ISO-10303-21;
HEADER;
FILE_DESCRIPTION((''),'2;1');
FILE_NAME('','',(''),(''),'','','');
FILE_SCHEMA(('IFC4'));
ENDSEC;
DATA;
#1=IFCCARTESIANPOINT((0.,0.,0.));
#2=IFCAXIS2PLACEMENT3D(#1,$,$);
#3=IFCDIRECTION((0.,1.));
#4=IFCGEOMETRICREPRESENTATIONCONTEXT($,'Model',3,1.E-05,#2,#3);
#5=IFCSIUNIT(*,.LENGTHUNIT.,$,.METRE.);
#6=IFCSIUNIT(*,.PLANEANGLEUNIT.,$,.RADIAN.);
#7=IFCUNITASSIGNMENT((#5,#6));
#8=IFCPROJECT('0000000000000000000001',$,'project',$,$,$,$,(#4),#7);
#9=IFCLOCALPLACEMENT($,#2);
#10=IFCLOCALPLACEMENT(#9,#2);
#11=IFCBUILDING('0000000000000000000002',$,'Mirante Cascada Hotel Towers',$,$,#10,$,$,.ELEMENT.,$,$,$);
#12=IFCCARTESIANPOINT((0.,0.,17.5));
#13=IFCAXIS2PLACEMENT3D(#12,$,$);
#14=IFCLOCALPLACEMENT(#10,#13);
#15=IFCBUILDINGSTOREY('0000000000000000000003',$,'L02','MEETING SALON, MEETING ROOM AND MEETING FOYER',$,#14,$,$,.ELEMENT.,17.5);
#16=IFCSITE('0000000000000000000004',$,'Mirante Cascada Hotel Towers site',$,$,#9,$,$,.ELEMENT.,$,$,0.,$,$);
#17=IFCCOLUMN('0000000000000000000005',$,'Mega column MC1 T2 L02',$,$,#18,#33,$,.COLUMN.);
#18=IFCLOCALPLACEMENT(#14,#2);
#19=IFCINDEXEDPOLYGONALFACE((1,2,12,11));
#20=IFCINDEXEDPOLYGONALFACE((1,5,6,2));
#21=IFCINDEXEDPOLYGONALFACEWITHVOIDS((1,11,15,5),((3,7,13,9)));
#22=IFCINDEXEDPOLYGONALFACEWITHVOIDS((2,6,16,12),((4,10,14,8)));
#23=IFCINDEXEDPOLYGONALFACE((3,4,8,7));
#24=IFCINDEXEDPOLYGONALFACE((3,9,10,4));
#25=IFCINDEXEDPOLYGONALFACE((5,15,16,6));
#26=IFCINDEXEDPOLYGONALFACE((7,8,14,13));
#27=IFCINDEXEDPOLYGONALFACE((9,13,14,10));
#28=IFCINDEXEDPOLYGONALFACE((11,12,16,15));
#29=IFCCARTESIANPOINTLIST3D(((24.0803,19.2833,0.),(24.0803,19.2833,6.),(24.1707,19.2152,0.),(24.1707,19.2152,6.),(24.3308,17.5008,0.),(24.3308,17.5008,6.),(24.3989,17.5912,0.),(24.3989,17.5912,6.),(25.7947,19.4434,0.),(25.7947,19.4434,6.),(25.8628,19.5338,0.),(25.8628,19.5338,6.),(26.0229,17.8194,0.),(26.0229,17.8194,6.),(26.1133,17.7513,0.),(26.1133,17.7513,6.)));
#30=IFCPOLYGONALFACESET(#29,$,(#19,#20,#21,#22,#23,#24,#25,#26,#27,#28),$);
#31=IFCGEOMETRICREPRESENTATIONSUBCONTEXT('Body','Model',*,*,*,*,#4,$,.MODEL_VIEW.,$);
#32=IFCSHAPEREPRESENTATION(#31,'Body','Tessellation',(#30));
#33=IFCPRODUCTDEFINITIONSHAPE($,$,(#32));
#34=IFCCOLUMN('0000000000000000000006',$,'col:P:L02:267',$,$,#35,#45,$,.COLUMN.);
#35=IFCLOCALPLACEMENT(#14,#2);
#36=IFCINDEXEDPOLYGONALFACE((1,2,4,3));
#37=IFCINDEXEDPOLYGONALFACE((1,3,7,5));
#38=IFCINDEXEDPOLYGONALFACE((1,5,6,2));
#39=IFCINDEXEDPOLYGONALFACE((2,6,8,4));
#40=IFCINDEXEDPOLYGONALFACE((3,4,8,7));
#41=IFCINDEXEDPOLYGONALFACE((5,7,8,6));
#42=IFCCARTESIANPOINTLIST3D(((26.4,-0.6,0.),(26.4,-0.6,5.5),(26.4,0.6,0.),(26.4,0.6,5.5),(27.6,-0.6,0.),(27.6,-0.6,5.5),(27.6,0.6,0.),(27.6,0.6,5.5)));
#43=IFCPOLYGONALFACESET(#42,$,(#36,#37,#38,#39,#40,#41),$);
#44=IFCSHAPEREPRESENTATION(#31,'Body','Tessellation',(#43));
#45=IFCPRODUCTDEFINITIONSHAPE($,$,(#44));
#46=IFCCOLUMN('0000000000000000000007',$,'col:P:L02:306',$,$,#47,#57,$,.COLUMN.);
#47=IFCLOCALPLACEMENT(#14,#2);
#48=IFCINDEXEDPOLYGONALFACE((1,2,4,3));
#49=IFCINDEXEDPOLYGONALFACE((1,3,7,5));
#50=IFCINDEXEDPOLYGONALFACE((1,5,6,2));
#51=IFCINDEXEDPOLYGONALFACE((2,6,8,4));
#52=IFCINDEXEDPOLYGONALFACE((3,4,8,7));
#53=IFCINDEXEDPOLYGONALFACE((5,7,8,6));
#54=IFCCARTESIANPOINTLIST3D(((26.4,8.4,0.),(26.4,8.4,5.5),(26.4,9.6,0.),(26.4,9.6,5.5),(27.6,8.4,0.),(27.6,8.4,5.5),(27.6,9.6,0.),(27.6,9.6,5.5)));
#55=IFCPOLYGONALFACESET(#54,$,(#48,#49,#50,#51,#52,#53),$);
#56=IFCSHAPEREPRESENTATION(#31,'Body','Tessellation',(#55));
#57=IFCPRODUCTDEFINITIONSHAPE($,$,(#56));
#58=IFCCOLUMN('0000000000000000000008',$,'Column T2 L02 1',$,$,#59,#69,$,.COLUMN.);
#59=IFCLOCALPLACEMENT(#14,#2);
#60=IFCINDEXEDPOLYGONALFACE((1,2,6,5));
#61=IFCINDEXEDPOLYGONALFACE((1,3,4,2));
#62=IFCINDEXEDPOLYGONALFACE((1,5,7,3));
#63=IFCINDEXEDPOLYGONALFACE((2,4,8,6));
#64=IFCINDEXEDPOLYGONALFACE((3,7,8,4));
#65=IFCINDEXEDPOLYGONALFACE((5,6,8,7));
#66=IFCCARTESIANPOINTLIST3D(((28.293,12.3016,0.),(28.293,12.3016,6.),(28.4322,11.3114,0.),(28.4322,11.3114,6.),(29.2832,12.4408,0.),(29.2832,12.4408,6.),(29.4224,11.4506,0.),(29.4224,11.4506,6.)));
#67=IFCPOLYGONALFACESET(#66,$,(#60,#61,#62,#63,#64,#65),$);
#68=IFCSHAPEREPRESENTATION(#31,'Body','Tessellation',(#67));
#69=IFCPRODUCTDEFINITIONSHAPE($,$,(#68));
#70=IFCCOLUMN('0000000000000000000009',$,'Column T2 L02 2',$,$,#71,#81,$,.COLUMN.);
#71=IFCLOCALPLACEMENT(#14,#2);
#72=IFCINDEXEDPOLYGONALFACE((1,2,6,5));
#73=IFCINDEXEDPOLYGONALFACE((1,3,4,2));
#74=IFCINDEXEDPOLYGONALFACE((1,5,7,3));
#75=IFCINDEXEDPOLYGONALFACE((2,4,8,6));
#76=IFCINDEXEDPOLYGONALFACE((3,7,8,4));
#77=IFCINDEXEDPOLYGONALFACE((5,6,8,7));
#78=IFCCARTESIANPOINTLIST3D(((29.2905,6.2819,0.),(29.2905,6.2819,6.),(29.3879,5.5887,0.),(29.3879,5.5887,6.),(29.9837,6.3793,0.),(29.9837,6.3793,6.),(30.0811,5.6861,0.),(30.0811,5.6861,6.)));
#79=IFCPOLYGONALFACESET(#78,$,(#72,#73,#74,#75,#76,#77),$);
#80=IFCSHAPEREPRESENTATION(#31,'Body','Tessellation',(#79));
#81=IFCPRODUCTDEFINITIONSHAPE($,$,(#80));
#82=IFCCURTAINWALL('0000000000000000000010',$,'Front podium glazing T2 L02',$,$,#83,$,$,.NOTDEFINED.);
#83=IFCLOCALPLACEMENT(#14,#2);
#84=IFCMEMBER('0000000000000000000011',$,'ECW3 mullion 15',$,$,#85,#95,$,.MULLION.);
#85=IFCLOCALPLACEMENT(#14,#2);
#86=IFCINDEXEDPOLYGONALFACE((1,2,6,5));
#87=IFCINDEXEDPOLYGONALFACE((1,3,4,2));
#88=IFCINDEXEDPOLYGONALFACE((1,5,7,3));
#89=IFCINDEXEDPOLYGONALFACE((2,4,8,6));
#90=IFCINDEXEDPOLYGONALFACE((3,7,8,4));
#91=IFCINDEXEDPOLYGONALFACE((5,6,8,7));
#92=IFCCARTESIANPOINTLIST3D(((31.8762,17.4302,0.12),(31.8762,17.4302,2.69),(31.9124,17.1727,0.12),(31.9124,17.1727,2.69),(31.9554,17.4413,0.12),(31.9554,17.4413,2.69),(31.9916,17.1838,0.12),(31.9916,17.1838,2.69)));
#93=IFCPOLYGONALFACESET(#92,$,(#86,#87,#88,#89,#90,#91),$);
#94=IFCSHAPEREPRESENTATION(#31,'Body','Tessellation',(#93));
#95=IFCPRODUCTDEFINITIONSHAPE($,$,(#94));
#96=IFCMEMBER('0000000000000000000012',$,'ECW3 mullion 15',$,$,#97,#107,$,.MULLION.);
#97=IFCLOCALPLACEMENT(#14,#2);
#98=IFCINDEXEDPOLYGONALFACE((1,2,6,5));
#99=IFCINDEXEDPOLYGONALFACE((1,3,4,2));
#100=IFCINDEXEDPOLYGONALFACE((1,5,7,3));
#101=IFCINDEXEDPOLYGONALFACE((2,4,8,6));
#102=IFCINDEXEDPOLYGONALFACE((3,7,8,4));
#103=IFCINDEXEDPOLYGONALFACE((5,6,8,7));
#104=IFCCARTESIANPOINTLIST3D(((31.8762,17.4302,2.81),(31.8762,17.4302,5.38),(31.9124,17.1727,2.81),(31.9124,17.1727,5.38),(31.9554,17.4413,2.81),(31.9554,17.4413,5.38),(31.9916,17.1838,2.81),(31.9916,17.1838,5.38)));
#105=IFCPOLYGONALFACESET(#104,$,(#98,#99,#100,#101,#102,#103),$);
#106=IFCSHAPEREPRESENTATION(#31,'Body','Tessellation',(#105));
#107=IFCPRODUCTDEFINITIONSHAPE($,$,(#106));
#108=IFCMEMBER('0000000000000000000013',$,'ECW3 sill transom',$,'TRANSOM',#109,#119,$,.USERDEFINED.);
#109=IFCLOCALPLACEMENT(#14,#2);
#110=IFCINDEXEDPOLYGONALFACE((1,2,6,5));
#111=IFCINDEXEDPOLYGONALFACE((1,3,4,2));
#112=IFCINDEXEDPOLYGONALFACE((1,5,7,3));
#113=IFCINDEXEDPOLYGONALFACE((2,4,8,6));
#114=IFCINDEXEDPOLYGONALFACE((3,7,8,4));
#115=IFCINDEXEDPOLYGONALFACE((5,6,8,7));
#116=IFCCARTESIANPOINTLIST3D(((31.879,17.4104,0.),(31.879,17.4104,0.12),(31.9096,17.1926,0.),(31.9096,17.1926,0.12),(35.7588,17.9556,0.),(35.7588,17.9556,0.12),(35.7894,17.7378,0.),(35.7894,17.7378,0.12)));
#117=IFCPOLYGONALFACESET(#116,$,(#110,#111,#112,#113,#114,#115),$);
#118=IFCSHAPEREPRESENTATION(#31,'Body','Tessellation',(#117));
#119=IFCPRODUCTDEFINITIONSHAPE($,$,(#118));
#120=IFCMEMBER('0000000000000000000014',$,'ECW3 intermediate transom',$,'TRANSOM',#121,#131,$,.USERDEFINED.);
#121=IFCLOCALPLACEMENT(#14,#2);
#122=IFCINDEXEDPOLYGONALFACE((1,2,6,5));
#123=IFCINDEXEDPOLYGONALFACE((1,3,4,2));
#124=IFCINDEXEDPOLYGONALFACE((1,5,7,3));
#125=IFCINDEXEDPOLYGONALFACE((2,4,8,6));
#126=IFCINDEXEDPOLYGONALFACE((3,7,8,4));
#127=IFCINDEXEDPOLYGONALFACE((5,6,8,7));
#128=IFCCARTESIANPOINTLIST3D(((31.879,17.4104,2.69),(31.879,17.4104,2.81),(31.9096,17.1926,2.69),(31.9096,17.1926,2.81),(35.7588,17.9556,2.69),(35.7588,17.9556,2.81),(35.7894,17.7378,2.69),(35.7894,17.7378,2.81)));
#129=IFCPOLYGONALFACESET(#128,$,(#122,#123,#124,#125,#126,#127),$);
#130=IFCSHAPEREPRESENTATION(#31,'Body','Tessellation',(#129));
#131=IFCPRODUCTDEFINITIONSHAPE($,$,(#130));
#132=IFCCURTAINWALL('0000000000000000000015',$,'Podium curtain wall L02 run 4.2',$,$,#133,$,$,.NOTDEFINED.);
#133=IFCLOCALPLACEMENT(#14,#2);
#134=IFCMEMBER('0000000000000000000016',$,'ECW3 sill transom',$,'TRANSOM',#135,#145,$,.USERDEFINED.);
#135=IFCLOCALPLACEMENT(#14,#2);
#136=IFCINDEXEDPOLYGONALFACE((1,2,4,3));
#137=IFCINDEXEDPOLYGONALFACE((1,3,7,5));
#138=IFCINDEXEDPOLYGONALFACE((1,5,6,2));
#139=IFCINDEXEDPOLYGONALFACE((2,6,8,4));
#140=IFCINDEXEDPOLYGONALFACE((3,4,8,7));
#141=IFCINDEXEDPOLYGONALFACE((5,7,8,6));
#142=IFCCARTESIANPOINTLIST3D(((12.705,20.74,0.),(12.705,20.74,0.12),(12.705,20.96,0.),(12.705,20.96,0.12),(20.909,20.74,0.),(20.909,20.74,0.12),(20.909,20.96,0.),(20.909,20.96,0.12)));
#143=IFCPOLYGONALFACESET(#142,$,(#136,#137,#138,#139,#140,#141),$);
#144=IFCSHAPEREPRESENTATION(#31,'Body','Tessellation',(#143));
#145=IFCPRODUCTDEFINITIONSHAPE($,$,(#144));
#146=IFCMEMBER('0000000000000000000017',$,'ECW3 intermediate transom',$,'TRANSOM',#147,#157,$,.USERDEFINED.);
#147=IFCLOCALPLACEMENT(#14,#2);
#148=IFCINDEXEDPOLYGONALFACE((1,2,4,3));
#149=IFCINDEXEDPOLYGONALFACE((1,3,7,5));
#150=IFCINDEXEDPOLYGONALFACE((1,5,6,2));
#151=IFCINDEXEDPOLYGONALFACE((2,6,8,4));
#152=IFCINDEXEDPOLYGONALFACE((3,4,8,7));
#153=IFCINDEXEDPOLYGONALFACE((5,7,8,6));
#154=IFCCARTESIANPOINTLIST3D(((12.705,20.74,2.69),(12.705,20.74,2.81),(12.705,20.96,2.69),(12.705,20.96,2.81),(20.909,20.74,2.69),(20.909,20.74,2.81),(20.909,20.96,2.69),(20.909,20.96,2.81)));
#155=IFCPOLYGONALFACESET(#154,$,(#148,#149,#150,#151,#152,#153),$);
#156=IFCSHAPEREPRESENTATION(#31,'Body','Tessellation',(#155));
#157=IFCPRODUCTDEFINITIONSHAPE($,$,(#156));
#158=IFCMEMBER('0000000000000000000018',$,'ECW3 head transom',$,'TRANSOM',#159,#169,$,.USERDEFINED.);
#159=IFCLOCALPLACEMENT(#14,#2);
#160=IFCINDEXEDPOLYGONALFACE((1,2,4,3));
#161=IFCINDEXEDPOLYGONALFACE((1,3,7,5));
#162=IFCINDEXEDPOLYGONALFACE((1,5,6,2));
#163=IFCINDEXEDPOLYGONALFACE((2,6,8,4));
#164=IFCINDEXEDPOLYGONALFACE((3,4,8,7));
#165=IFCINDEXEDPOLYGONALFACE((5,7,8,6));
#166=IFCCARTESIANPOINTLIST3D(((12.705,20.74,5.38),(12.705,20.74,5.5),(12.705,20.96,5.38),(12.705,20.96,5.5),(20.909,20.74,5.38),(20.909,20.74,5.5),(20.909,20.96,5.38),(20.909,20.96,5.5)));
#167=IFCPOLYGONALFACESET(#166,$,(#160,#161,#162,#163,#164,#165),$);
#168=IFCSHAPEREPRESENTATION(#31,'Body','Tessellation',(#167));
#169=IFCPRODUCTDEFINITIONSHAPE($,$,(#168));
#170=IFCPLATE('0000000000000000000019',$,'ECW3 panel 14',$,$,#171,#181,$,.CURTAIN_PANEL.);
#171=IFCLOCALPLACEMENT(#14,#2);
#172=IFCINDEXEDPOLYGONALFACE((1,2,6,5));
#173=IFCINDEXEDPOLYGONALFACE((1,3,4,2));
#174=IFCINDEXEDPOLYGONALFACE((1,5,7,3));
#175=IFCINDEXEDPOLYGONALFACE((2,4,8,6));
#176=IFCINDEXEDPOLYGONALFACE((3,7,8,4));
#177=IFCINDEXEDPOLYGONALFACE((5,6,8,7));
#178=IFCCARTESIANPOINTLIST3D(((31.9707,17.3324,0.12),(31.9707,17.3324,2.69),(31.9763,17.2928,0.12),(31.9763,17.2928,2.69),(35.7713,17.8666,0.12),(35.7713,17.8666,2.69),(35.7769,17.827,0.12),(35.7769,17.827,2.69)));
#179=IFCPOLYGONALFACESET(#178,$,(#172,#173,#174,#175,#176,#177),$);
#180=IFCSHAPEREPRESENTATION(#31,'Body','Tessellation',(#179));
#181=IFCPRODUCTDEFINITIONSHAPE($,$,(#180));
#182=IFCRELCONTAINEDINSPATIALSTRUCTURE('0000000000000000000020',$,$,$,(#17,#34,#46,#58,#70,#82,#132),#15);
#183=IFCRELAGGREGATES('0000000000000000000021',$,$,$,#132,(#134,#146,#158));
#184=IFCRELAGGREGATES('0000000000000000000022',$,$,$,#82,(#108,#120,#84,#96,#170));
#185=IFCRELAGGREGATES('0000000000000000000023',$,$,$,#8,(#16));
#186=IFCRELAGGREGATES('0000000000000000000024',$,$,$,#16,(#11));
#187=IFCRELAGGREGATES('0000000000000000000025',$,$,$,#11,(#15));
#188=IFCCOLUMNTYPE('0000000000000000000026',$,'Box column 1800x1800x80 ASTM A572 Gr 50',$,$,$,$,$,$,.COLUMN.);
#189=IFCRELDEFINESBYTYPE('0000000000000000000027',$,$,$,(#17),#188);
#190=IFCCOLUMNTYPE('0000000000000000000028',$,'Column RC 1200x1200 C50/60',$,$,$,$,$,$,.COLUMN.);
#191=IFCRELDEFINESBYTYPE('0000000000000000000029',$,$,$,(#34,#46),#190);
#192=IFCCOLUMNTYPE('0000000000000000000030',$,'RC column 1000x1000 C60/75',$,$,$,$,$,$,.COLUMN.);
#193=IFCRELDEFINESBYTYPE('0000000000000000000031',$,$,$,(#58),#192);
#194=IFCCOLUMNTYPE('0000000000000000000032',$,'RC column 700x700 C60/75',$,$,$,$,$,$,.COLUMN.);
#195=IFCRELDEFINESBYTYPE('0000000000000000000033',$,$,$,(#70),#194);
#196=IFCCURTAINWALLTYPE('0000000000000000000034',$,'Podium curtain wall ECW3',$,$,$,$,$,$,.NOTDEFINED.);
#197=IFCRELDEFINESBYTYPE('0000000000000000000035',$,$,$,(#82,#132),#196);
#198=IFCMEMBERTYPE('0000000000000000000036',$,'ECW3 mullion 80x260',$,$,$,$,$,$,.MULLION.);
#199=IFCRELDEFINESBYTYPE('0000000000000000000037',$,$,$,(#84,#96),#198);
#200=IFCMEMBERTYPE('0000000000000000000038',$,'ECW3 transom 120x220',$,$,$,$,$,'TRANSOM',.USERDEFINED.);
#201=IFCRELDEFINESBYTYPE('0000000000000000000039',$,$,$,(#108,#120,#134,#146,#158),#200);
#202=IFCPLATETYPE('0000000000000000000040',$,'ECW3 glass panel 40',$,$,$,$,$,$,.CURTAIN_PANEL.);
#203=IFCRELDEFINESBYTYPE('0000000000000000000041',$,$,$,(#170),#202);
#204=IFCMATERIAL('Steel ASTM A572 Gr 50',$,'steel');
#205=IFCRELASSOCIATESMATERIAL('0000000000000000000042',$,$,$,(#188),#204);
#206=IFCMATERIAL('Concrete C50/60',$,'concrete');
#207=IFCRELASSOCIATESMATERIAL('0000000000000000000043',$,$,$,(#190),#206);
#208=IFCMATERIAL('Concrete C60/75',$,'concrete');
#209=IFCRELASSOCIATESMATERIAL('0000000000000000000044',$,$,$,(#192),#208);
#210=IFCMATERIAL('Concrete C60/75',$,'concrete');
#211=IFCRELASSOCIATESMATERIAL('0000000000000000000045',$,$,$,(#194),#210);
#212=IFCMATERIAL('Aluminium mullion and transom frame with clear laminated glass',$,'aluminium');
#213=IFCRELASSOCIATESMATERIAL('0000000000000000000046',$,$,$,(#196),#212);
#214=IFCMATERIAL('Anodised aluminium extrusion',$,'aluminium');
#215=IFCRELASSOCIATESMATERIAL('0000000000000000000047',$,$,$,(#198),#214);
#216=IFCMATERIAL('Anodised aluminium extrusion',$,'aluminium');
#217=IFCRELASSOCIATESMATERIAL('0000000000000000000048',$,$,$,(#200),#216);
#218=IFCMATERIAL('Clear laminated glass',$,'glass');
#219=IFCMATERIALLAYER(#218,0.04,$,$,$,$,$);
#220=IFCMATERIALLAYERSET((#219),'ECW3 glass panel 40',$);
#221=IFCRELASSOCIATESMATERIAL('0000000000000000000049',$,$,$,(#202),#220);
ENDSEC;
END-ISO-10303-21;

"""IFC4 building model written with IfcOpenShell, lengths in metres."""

from ifc_helpers import new_model, si_unit, direction, frame, origin, origin_2d, place, context, subcontext, project, spatial, rectangle, hollow_rectangle, extrude, material, layer, layer_set, material_profile, profile_set, type_object, element, aggregate, save


model = new_model("IFC4")

# Units and contexts
model_context = context("Model", 3, precision=1e-05, world=origin(), true_north=direction((0.0, 1.0)))
body_context = subcontext(model_context, "Body", "Model", "MODEL_VIEW")
ifc_project = project(units=[si_unit("LENGTHUNIT", "METRE"), si_unit("PLANEANGLEUNIT", "RADIAN")], contexts=[model_context])

# Site, building, storey
site_placement = place(None, origin())
site = spatial("IfcSite", under=ifc_project, at=site_placement, Name="Mirante Cascada Hotel Towers site", CompositionType="ELEMENT", RefElevation=0.0)
building_placement = place(site_placement, origin())
building = spatial("IfcBuilding", under=site, at=building_placement, Name="Mirante Cascada Hotel Towers", CompositionType="ELEMENT")
storey_placement = place(building_placement, frame((0.0, 0.0, 17.5)))
storey = spatial("IfcBuildingStorey", under=building, at=storey_placement, Name="L02", Description="MEETING SALON, MEETING ROOM AND MEETING FOYER", CompositionType="ELEMENT", Elevation=17.5)

# Columns
ifc_material_1 = material(Name="Steel ASTM A572 Gr 50", Category="steel")
ifc_material_profile_1 = material_profile(ifc_material_1, hollow_rectangle(XDim=1.8, YDim=1.8, WallThickness=0.08, at=origin_2d()), Name="Box column 1800x1800x80 ASTM A572 Gr 50")
ifc_profile_set_1 = profile_set([ifc_material_profile_1], Name="Steel ASTM A572 Gr 50")
column_type_1 = type_object("IfcColumnType", Name="Box column 1800x1800x80 ASTM A572 Gr 50", PredefinedType="COLUMN", material=ifc_profile_set_1)
column_1_placement = place(storey_placement, frame((25.0968, 18.5173, 0.0), z_axis=(0.0, 0.0, 1.0), x_axis=(0.990268, 0.139173, 0.0)))
element("IfcColumn", 1, at=column_1_placement, inside=storey, type_object=column_type_1, Name="Mega column MC1 T2 L02", PredefinedType="COLUMN", context=body_context, shape_type="SweptSolid", body=[
    extrude(hollow_rectangle(XDim=1.8, YDim=1.8, WallThickness=0.08, at=origin_2d()), origin(), (0.0, 0.0, 1.0), 6.0),
])
ifc_material_2 = material(Name="Concrete C50/60", Category="concrete")
ifc_material_profile_2 = material_profile(ifc_material_2, rectangle(XDim=1.2, YDim=1.2, at=origin_2d()), Name="RC 1200x1200")
ifc_profile_set_2 = profile_set([ifc_material_profile_2], Name="Concrete C50/60")
column_type_2 = type_object("IfcColumnType", Name="Column RC 1200x1200 C50/60", PredefinedType="COLUMN", material=ifc_profile_set_2)
for number, where, z_axis, x_axis, name in (
    (2, (27.0, 0.0, 0.0), (0.0, 0.0, 1.0), (1.0, 0.0, 0.0), "col:P:L02:267"),
    (3, (27.0, 9.0, 0.0), (0.0, 0.0, 1.0), (1.0, 0.0, 0.0), "col:P:L02:306"),
):
    element("IfcColumn", number, at=place(storey_placement, frame(where, z_axis=z_axis, x_axis=x_axis)), inside=storey, type_object=column_type_2, Name=name, PredefinedType="COLUMN", context=body_context, shape_type="SweptSolid", body=[
        extrude(rectangle(XDim=1.2, YDim=1.2, at=origin_2d()), origin(), (0.0, 0.0, 1.0), 5.5),
    ])
ifc_material_3 = material(Name="Concrete C60/75", Category="concrete")
ifc_material_profile_3 = material_profile(ifc_material_3, rectangle(XDim=1.0, YDim=1.0, at=origin_2d()), Name="RC column 1000x1000 C60/75")
ifc_profile_set_3 = profile_set([ifc_material_profile_3], Name="Concrete C60/75")
column_type_3 = type_object("IfcColumnType", Name="RC column 1000x1000 C60/75", PredefinedType="COLUMN", material=ifc_profile_set_3)
column_2_placement = place(storey_placement, frame((28.8577, 11.8761, 0.0), z_axis=(0.0, 0.0, 1.0), x_axis=(0.990268, 0.139173, 0.0)))
element("IfcColumn", 4, at=column_2_placement, inside=storey, type_object=column_type_3, Name="Column T2 L02 1", PredefinedType="COLUMN", context=body_context, shape_type="SweptSolid", body=[
    extrude(rectangle(XDim=1.0, YDim=1.0, at=origin_2d()), origin(), (0.0, 0.0, 1.0), 6.0),
])
ifc_material_4 = material(Name="Concrete C60/75", Category="concrete")
ifc_material_profile_4 = material_profile(ifc_material_4, rectangle(XDim=0.7, YDim=0.7, at=origin_2d()), Name="RC column 700x700 C60/75")
ifc_profile_set_4 = profile_set([ifc_material_profile_4], Name="Concrete C60/75")
column_type_4 = type_object("IfcColumnType", Name="RC column 700x700 C60/75", PredefinedType="COLUMN", material=ifc_profile_set_4)
column_3_placement = place(storey_placement, frame((29.6858, 5.984, 0.0), z_axis=(0.0, 0.0, 1.0), x_axis=(0.990268, 0.139173, 0.0)))
element("IfcColumn", 5, at=column_3_placement, inside=storey, type_object=column_type_4, Name="Column T2 L02 2", PredefinedType="COLUMN", context=body_context, shape_type="SweptSolid", body=[
    extrude(rectangle(XDim=0.7, YDim=0.7, at=origin_2d()), origin(), (0.0, 0.0, 1.0), 6.0),
])

# Curtain walls, members
ifc_material_5 = material(Name="Aluminium mullion and transom frame with clear laminated glass", Category="aluminium")
curtain_wall_type = type_object("IfcCurtainWallType", Name="Podium curtain wall ECW3", PredefinedType="NOTDEFINED", material=ifc_material_5)
curtain_wall_1_placement = place(storey_placement, origin())
curtain_wall_1 = element("IfcCurtainWall", 6, at=curtain_wall_1_placement, inside=storey, type_object=curtain_wall_type, Name="Front podium glazing T2 L02", PredefinedType="NOTDEFINED")
ifc_material_6 = material(Name="Anodised aluminium extrusion", Category="aluminium")
ifc_material_profile_5 = material_profile(ifc_material_6, rectangle(XDim=0.26, YDim=0.08, at=origin_2d()), Name="ECW3 MULLION 80x260")
ifc_profile_set_5 = profile_set([ifc_material_profile_5], Name="Anodised aluminium extrusion")
member_type_1 = type_object("IfcMemberType", Name="ECW3 mullion 80x260", PredefinedType="MULLION", material=ifc_profile_set_5)
member_1_placement = place(storey_placement, frame((31.9339, 17.307, 0.12), z_axis=(0.0, 0.0, 1.0), x_axis=(0.139173, -0.990268, 0.0)))
member_1 = element("IfcMember", 7, at=member_1_placement, type_object=member_type_1, Name="ECW3 mullion 15", PredefinedType="MULLION", context=body_context, shape_type="SweptSolid", body=[
    extrude(rectangle(XDim=0.26, YDim=0.08, at=origin_2d()), origin(), (0.0, 0.0, 1.0), 2.57),
])
member_2_placement = place(storey_placement, frame((31.9339, 17.307, 2.81), z_axis=(0.0, 0.0, 1.0), x_axis=(0.139173, -0.990268, 0.0)))
member_2 = element("IfcMember", 8, at=member_2_placement, type_object=member_type_1, Name="ECW3 mullion 15", PredefinedType="MULLION", context=body_context, shape_type="SweptSolid", body=[
    extrude(rectangle(XDim=0.26, YDim=0.08, at=origin_2d()), origin(), (0.0, 0.0, 1.0), 2.57),
])
ifc_material_7 = material(Name="Anodised aluminium extrusion", Category="aluminium")
ifc_material_profile_6 = material_profile(ifc_material_7, rectangle(XDim=0.22, YDim=0.12, at=origin_2d()), Name="ECW3 TRANSOM 120x220")
ifc_profile_set_6 = profile_set([ifc_material_profile_6], Name="Anodised aluminium extrusion")
member_type_2 = type_object("IfcMemberType", Name="ECW3 transom 120x220", ElementType="TRANSOM", PredefinedType="USERDEFINED", material=ifc_profile_set_6)
member_3_placement = place(storey_placement, frame((35.7741, 17.8467, 0.06), z_axis=(-0.990271, -0.139155, 0.0), x_axis=(0.139155, -0.990271, 0.0)))
member_3 = element("IfcMember", 9, at=member_3_placement, type_object=member_type_2, Name="ECW3 sill transom", ObjectType="TRANSOM", PredefinedType="USERDEFINED", context=body_context, shape_type="SweptSolid", body=[
    extrude(rectangle(XDim=0.22, YDim=0.12, at=origin_2d()), origin(), (0.0, 0.0, 1.0), 3.9179),
])
member_4_placement = place(storey_placement, frame((35.7741, 17.8467, 2.75), z_axis=(-0.990271, -0.139155, 0.0), x_axis=(0.139155, -0.990271, 0.0)))
member_4 = element("IfcMember", 10, at=member_4_placement, type_object=member_type_2, Name="ECW3 intermediate transom", ObjectType="TRANSOM", PredefinedType="USERDEFINED", context=body_context, shape_type="SweptSolid", body=[
    extrude(rectangle(XDim=0.22, YDim=0.12, at=origin_2d()), origin(), (0.0, 0.0, 1.0), 3.9179),
])
curtain_wall_2_placement = place(storey_placement, origin())
curtain_wall_2 = element("IfcCurtainWall", 11, at=curtain_wall_2_placement, inside=storey, type_object=curtain_wall_type, Name="Podium curtain wall L02 run 4.2", PredefinedType="NOTDEFINED")
member_5_placement = place(storey_placement, frame((20.909, 20.85, 0.06), z_axis=(-1.0, 0.0, 0.0), x_axis=(0.0, -1.0, 0.0)))
member_5 = element("IfcMember", 12, at=member_5_placement, type_object=member_type_2, Name="ECW3 sill transom", ObjectType="TRANSOM", PredefinedType="USERDEFINED", context=body_context, shape_type="SweptSolid", body=[
    extrude(rectangle(XDim=0.22, YDim=0.12, at=origin_2d()), origin(), (0.0, 0.0, 1.0), 8.204),
])
member_6_placement = place(storey_placement, frame((20.909, 20.85, 2.75), z_axis=(-1.0, 0.0, 0.0), x_axis=(0.0, -1.0, 0.0)))
member_6 = element("IfcMember", 13, at=member_6_placement, type_object=member_type_2, Name="ECW3 intermediate transom", ObjectType="TRANSOM", PredefinedType="USERDEFINED", context=body_context, shape_type="SweptSolid", body=[
    extrude(rectangle(XDim=0.22, YDim=0.12, at=origin_2d()), origin(), (0.0, 0.0, 1.0), 8.204),
])
member_7_placement = place(storey_placement, frame((20.909, 20.85, 5.44), z_axis=(-1.0, 0.0, 0.0), x_axis=(0.0, -1.0, 0.0)))
member_7 = element("IfcMember", 14, at=member_7_placement, type_object=member_type_2, Name="ECW3 head transom", ObjectType="TRANSOM", PredefinedType="USERDEFINED", context=body_context, shape_type="SweptSolid", body=[
    extrude(rectangle(XDim=0.22, YDim=0.12, at=origin_2d()), origin(), (0.0, 0.0, 1.0), 8.204),
])
aggregate(curtain_wall_2, [member_5, member_6, member_7])

# Plate
ifc_material_8 = material(Name="Clear laminated glass", Category="glass")
ifc_layer_1 = layer(ifc_material_8, 0.04)
ifc_layer_set_1 = layer_set([ifc_layer_1], Name="ECW3 glass panel 40")
plate_type = type_object("IfcPlateType", Name="ECW3 glass panel 40", PredefinedType="CURTAIN_PANEL", material=ifc_layer_set_1)
plate_1_placement = place(storey_placement, frame((33.8738, 17.5797, 0.12), z_axis=(0.0, 0.0, 1.0), x_axis=(-0.990268, -0.139173, 0.0)))
plate_1 = element("IfcPlate", 15, at=plate_1_placement, type_object=plate_type, Name="ECW3 panel 14", PredefinedType="CURTAIN_PANEL", context=body_context, shape_type="SweptSolid", body=[
    extrude(rectangle(XDim=3.8379, YDim=0.04, at=origin_2d()), origin(), (0.0, 0.0, 1.0), 2.57),
])
aggregate(curtain_wall_1, [member_3, member_4, member_1, member_2, plate_1])

save(model, "model.ifc")
